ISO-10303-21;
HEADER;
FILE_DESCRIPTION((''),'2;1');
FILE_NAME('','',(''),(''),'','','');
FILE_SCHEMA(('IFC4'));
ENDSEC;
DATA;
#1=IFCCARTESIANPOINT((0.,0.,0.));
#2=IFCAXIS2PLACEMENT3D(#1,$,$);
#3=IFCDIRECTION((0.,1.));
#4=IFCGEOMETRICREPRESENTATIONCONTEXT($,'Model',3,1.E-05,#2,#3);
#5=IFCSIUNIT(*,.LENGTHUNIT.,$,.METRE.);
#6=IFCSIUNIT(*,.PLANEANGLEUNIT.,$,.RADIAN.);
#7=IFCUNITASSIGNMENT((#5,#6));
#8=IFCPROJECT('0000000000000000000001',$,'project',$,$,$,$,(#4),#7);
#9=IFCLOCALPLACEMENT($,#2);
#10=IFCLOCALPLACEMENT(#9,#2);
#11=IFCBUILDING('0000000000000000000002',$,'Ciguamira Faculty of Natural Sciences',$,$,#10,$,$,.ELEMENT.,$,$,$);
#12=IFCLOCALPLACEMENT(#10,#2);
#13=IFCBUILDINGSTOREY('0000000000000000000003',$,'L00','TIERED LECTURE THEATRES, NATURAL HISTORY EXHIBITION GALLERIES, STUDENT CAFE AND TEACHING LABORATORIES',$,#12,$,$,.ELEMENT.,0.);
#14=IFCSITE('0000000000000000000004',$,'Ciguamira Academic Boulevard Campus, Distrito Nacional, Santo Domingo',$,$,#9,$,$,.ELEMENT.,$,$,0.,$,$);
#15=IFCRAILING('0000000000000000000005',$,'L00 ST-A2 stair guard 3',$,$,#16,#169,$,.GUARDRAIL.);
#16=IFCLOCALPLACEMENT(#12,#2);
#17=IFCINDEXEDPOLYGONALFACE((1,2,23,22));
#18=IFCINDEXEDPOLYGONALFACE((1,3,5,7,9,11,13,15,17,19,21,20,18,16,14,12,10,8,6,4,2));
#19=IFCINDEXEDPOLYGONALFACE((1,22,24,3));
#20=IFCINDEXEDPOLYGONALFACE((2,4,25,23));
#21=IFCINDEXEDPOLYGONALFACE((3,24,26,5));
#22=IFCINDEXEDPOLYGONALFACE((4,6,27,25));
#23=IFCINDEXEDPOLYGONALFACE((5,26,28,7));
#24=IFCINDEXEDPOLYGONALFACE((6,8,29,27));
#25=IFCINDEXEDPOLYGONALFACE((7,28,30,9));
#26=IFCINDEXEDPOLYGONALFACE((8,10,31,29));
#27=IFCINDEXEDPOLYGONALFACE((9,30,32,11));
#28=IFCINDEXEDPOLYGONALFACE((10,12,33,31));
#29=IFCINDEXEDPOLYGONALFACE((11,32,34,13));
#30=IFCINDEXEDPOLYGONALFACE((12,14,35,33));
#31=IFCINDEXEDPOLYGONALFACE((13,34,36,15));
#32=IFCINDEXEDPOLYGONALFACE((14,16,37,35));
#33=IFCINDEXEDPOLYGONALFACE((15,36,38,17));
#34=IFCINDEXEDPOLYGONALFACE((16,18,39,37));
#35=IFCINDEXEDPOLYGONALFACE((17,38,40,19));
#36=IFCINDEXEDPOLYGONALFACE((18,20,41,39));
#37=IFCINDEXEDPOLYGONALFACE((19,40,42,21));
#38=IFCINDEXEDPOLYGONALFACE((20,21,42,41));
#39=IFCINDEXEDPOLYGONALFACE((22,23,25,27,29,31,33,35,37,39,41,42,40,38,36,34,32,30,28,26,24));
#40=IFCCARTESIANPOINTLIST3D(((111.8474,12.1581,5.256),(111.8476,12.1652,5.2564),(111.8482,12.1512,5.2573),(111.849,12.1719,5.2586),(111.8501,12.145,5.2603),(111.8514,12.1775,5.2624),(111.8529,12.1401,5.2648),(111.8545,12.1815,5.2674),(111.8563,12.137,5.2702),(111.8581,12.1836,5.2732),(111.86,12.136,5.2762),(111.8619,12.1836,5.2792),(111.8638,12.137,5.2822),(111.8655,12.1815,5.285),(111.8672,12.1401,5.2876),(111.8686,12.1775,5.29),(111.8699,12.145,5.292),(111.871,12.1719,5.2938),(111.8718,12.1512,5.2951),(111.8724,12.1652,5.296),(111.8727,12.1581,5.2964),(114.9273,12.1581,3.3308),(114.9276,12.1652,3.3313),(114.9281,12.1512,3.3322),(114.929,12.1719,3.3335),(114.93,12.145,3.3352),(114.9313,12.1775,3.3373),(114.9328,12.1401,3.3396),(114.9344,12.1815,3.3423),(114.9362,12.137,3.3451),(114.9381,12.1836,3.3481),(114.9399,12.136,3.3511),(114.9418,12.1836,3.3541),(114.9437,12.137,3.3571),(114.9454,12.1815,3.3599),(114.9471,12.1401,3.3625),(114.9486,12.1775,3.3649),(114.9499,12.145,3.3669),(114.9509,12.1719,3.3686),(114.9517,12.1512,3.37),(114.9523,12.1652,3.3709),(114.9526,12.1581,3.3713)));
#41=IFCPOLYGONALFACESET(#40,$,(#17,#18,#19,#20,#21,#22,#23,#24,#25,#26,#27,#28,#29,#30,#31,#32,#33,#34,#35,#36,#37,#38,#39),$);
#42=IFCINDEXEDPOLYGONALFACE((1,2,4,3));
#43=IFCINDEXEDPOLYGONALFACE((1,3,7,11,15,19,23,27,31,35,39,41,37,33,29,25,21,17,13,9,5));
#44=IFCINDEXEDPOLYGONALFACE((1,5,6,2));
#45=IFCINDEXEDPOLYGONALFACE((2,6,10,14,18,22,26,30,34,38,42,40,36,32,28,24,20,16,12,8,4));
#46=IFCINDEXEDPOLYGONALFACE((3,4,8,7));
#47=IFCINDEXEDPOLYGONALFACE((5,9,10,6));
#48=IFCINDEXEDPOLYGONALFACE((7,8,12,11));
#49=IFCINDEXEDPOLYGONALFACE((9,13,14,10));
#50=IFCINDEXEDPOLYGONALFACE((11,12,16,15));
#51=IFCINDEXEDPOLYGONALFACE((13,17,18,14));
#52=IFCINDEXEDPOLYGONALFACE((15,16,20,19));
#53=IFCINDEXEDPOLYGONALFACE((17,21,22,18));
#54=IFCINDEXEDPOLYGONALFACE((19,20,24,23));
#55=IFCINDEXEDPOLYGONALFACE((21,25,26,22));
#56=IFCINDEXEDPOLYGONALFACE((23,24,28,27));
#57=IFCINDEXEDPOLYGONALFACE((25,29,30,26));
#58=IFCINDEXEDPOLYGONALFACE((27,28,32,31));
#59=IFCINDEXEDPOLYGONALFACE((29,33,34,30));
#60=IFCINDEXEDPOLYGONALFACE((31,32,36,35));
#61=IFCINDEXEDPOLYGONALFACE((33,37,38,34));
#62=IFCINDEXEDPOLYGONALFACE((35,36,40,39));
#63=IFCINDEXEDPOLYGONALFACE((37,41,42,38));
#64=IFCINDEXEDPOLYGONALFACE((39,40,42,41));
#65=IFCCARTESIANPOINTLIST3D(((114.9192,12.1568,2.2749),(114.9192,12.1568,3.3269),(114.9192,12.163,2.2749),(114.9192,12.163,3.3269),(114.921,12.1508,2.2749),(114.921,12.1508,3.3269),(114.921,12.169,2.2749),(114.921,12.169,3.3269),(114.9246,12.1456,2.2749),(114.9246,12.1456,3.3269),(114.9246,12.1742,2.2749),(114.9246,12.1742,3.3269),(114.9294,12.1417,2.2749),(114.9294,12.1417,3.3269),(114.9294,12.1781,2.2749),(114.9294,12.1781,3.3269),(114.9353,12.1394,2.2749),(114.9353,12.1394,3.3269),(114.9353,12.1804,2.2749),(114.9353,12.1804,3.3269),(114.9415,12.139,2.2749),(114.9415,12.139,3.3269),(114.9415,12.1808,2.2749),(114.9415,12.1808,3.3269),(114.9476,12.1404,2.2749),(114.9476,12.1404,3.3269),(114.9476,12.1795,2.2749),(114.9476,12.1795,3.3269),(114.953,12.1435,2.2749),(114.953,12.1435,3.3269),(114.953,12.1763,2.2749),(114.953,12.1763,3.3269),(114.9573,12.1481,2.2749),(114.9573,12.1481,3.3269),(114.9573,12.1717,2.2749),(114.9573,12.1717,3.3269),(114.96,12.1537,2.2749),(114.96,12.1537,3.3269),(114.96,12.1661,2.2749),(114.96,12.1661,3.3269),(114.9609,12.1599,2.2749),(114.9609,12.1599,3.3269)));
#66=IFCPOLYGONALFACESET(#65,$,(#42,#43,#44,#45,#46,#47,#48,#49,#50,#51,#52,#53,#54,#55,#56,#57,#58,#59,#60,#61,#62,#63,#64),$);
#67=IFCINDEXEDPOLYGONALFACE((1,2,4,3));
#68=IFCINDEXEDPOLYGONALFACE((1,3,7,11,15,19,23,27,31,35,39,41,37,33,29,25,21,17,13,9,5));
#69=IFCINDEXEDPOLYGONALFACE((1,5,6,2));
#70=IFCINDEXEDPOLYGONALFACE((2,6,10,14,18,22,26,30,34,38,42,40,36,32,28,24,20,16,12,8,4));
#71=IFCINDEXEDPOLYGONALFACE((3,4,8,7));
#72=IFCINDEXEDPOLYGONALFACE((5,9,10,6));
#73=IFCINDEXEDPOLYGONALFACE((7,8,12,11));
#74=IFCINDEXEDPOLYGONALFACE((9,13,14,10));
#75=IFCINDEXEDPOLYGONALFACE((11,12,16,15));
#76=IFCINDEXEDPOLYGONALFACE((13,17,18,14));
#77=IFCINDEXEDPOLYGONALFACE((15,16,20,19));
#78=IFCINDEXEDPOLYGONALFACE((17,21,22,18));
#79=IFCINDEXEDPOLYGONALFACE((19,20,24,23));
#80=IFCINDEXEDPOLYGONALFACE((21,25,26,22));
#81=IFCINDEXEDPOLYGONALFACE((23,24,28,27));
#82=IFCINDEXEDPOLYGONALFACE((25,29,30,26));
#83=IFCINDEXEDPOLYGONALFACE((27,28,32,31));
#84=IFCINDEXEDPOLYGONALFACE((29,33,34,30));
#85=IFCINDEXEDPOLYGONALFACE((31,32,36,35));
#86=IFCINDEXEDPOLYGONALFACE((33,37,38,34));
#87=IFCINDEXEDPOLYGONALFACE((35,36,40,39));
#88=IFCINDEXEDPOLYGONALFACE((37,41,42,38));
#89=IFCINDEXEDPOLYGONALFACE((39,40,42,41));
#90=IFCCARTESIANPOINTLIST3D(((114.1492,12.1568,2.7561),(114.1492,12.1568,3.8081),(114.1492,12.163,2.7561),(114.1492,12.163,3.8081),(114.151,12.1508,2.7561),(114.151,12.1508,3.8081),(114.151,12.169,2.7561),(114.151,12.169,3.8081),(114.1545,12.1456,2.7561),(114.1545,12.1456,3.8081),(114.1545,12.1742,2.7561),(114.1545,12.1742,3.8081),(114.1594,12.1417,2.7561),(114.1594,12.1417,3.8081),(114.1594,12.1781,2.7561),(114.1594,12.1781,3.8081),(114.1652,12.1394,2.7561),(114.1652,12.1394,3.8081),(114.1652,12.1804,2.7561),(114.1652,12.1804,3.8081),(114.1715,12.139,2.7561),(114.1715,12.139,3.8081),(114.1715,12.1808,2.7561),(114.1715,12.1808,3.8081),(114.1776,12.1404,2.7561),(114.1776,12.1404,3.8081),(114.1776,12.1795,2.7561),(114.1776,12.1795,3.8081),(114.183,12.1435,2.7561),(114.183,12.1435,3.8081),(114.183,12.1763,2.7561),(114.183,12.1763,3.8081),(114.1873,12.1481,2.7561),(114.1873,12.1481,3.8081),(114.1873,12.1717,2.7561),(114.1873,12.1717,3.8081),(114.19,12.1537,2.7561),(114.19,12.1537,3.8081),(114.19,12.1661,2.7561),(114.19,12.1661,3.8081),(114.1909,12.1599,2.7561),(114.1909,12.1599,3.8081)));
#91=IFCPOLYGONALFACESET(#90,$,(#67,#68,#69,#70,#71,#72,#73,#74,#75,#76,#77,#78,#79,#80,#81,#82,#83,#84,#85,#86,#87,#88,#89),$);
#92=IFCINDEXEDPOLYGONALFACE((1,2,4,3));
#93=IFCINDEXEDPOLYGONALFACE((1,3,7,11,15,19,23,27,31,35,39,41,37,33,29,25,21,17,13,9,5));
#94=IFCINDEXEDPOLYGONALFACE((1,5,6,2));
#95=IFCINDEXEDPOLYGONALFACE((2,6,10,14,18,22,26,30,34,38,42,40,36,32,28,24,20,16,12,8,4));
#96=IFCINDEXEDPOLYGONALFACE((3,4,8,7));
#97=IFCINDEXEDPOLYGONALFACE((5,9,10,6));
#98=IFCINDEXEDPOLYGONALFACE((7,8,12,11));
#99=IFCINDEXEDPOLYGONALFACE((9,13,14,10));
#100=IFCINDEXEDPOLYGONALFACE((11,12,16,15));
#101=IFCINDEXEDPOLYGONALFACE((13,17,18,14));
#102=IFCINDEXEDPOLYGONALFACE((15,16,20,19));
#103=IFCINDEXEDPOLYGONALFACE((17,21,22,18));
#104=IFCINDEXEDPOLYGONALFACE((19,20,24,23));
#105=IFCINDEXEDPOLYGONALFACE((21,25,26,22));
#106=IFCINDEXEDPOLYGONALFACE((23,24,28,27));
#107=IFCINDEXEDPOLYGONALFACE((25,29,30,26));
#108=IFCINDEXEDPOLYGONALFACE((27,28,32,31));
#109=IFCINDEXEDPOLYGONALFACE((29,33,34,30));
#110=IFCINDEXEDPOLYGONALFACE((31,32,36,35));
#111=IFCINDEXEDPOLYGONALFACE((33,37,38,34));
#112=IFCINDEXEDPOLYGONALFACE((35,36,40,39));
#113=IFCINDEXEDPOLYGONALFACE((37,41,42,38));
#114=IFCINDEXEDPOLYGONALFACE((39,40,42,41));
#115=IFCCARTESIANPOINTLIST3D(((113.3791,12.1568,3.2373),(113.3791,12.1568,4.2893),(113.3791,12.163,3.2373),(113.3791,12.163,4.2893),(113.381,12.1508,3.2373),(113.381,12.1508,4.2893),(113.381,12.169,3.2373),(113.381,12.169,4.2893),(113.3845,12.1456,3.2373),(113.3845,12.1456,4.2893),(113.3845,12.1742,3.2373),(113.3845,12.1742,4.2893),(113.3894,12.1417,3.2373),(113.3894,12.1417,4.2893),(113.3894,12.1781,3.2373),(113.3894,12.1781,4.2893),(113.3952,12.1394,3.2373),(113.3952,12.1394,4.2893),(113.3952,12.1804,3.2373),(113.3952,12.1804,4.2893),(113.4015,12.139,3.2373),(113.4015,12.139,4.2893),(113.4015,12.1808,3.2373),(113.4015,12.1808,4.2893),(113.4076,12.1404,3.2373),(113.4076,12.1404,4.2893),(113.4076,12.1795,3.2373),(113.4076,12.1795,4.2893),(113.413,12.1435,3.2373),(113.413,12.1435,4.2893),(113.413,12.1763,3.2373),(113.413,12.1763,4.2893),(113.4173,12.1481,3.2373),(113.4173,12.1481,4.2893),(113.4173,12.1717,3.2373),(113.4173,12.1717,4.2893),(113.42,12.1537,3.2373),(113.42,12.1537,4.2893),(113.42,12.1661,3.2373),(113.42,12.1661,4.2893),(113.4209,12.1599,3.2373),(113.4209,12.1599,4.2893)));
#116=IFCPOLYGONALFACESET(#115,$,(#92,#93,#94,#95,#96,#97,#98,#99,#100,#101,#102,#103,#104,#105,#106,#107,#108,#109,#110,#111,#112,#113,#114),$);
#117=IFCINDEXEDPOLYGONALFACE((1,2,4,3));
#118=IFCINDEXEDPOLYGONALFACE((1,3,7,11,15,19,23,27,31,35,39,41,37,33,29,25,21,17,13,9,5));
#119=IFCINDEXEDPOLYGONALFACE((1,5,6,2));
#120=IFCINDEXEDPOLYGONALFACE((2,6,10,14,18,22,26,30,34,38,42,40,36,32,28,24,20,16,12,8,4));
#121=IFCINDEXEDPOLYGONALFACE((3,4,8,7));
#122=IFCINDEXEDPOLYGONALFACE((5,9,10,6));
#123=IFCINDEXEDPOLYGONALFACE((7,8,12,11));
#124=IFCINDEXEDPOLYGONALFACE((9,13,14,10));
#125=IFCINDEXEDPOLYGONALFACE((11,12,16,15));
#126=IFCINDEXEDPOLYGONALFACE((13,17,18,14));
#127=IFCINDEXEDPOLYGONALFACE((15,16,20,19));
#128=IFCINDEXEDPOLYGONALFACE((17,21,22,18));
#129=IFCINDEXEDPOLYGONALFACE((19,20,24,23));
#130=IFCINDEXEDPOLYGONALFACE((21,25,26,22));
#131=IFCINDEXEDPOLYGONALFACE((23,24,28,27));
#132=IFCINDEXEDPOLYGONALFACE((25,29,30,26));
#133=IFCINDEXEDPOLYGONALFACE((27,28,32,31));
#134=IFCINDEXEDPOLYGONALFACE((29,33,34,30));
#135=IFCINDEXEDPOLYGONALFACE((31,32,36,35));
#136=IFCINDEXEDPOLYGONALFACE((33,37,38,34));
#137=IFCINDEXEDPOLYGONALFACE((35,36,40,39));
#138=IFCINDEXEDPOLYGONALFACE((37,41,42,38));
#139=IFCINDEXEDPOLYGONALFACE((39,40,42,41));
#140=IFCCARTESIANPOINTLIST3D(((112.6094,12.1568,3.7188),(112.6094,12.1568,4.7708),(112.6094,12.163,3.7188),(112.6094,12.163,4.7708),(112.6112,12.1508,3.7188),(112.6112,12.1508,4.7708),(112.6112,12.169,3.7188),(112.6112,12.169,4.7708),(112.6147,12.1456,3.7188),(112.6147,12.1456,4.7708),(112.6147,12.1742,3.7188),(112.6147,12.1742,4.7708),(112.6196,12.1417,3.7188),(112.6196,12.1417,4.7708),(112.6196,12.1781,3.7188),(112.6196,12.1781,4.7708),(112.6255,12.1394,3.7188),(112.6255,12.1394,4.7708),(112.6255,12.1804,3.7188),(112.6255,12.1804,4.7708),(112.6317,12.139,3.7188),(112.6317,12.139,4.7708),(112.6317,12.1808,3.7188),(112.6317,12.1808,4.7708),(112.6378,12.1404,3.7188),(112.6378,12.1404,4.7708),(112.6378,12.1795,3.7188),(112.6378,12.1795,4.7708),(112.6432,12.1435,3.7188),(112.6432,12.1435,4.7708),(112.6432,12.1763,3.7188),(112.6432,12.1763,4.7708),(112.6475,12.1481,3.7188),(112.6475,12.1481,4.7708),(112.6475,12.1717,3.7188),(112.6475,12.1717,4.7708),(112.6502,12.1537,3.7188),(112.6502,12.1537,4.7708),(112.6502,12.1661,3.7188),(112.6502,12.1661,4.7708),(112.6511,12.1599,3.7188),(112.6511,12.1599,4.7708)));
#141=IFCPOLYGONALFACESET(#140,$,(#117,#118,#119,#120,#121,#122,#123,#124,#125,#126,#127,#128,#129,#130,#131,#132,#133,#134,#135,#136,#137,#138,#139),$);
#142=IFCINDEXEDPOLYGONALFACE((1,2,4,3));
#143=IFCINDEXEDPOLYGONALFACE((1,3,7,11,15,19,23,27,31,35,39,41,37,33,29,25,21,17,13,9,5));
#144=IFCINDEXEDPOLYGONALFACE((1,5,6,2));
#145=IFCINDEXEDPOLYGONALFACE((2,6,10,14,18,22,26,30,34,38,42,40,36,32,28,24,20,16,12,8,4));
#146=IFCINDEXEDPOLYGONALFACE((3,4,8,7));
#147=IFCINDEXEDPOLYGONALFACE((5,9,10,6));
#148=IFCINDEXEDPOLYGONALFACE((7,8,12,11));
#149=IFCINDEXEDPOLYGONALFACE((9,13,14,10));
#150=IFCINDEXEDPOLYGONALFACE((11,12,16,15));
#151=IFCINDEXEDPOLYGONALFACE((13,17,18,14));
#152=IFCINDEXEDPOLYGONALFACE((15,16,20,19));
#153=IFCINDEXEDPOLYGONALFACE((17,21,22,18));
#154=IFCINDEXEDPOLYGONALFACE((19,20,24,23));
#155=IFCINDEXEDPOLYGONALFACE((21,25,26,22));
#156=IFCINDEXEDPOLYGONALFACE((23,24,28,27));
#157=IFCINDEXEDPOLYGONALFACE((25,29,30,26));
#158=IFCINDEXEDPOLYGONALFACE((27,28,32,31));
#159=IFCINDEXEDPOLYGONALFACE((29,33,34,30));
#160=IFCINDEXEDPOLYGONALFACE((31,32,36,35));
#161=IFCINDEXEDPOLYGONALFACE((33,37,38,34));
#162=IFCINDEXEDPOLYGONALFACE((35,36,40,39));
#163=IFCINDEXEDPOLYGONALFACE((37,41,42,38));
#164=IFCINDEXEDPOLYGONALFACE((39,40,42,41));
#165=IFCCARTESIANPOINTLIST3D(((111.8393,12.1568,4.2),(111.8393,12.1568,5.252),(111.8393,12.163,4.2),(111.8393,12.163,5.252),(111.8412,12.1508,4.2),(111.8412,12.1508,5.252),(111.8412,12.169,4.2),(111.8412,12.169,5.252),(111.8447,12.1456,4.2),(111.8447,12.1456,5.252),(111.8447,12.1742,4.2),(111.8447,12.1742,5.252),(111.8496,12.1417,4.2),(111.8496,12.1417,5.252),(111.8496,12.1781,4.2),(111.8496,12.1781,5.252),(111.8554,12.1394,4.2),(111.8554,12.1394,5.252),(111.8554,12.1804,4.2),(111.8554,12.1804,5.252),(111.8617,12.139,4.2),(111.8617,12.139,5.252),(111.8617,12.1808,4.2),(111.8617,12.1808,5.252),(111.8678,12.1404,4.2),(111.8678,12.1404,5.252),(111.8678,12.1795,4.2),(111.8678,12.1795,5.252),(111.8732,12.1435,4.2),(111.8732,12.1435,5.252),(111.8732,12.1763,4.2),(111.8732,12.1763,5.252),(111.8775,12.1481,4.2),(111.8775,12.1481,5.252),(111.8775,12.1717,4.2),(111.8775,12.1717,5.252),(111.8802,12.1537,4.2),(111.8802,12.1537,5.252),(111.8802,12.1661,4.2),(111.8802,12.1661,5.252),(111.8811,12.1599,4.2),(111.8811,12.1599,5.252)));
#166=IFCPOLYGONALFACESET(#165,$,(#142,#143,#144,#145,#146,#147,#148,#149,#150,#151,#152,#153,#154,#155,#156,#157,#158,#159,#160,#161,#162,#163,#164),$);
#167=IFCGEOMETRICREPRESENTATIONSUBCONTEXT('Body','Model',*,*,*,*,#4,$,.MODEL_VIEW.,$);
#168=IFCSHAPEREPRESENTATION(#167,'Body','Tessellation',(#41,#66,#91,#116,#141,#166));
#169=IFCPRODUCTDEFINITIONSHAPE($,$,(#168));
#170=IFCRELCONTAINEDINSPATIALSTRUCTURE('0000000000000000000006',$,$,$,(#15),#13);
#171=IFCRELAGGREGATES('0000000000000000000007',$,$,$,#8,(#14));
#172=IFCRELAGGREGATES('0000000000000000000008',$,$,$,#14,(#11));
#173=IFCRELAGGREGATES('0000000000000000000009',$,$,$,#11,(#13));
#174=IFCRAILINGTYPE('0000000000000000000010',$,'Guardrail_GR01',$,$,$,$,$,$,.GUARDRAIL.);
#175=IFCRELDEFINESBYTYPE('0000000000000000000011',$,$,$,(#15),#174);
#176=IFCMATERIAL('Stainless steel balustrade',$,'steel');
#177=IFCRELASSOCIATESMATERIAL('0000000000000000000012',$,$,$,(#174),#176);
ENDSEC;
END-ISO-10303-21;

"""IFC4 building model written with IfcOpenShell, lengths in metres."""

from ifc_helpers import new_model, si_unit, direction, frame, origin, origin_2d, place, context, subcontext, project, spatial, circle, extrude, material, type_object, element, save


model = new_model("IFC4")

# Units and contexts
model_context = context("Model", 3, precision=1e-05, world=origin(), true_north=direction((0.0, 1.0)))
body_context = subcontext(model_context, "Body", "Model", "MODEL_VIEW")
ifc_project = project(units=[si_unit("LENGTHUNIT", "METRE"), si_unit("PLANEANGLEUNIT", "RADIAN")], contexts=[model_context])

# Site, building, storey
site_placement = place(None, origin())
site = spatial("IfcSite", under=ifc_project, at=site_placement, Name="Ciguamira Academic Boulevard Campus, Distrito Nacional, Santo Domingo", CompositionType="ELEMENT", RefElevation=0.0)
building_placement = place(site_placement, origin())
building = spatial("IfcBuilding", under=site, at=building_placement, Name="Ciguamira Faculty of Natural Sciences", CompositionType="ELEMENT")
storey_placement = place(building_placement, origin())
storey = spatial("IfcBuildingStorey", under=building, at=storey_placement, Name="L00", Description="TIERED LECTURE THEATRES, NATURAL HISTORY EXHIBITION GALLERIES, STUDENT CAFE AND TEACHING LABORATORIES", CompositionType="ELEMENT", Elevation=0.0)

# Railing
ifc_material_1 = material(Name="Stainless steel balustrade", Category="steel")
railing_type_1 = type_object("IfcRailingType", Name="Guardrail_GR01", PredefinedType="GUARDRAIL", material=ifc_material_1)
railing_1_placement = place(storey_placement, frame((114.9399, 12.1599, 2.2749)))
element("IfcRailing", 1, at=railing_1_placement, inside=storey, type_object=railing_type_1, Name="L00 ST-A2 stair guard 3", PredefinedType="GUARDRAIL", context=body_context, shape_type="SweptSolid", body=[
    extrude(circle(Radius=0.0239, at=origin_2d()), frame((0.0, 0.0, 1.0762), z_axis=(-0.847979, 0.0, 0.530029), x_axis=(0.0, -1.0, 0.0)), (0.0, 0.0, 1.0), 3.6321),
    extrude(circle(Radius=0.021, at=origin_2d()), origin(), (0.0, 0.0, 1.0), 1.052),
    extrude(circle(Radius=0.021, at=origin_2d()), frame((-0.77, 0.0, 0.4812)), (0.0, 0.0, 1.0), 1.052),
    extrude(circle(Radius=0.021, at=origin_2d()), frame((-1.54, 0.0, 0.9624)), (0.0, 0.0, 1.0), 1.052),
    extrude(circle(Radius=0.021, at=origin_2d()), frame((-2.3098, 0.0, 1.4438)), (0.0, 0.0, 1.0), 1.052),
    extrude(circle(Radius=0.021, at=origin_2d()), frame((-3.0798, 0.0, 1.925)), (0.0, 0.0, 1.0), 1.052),
])

save(model, "model.ifc")
